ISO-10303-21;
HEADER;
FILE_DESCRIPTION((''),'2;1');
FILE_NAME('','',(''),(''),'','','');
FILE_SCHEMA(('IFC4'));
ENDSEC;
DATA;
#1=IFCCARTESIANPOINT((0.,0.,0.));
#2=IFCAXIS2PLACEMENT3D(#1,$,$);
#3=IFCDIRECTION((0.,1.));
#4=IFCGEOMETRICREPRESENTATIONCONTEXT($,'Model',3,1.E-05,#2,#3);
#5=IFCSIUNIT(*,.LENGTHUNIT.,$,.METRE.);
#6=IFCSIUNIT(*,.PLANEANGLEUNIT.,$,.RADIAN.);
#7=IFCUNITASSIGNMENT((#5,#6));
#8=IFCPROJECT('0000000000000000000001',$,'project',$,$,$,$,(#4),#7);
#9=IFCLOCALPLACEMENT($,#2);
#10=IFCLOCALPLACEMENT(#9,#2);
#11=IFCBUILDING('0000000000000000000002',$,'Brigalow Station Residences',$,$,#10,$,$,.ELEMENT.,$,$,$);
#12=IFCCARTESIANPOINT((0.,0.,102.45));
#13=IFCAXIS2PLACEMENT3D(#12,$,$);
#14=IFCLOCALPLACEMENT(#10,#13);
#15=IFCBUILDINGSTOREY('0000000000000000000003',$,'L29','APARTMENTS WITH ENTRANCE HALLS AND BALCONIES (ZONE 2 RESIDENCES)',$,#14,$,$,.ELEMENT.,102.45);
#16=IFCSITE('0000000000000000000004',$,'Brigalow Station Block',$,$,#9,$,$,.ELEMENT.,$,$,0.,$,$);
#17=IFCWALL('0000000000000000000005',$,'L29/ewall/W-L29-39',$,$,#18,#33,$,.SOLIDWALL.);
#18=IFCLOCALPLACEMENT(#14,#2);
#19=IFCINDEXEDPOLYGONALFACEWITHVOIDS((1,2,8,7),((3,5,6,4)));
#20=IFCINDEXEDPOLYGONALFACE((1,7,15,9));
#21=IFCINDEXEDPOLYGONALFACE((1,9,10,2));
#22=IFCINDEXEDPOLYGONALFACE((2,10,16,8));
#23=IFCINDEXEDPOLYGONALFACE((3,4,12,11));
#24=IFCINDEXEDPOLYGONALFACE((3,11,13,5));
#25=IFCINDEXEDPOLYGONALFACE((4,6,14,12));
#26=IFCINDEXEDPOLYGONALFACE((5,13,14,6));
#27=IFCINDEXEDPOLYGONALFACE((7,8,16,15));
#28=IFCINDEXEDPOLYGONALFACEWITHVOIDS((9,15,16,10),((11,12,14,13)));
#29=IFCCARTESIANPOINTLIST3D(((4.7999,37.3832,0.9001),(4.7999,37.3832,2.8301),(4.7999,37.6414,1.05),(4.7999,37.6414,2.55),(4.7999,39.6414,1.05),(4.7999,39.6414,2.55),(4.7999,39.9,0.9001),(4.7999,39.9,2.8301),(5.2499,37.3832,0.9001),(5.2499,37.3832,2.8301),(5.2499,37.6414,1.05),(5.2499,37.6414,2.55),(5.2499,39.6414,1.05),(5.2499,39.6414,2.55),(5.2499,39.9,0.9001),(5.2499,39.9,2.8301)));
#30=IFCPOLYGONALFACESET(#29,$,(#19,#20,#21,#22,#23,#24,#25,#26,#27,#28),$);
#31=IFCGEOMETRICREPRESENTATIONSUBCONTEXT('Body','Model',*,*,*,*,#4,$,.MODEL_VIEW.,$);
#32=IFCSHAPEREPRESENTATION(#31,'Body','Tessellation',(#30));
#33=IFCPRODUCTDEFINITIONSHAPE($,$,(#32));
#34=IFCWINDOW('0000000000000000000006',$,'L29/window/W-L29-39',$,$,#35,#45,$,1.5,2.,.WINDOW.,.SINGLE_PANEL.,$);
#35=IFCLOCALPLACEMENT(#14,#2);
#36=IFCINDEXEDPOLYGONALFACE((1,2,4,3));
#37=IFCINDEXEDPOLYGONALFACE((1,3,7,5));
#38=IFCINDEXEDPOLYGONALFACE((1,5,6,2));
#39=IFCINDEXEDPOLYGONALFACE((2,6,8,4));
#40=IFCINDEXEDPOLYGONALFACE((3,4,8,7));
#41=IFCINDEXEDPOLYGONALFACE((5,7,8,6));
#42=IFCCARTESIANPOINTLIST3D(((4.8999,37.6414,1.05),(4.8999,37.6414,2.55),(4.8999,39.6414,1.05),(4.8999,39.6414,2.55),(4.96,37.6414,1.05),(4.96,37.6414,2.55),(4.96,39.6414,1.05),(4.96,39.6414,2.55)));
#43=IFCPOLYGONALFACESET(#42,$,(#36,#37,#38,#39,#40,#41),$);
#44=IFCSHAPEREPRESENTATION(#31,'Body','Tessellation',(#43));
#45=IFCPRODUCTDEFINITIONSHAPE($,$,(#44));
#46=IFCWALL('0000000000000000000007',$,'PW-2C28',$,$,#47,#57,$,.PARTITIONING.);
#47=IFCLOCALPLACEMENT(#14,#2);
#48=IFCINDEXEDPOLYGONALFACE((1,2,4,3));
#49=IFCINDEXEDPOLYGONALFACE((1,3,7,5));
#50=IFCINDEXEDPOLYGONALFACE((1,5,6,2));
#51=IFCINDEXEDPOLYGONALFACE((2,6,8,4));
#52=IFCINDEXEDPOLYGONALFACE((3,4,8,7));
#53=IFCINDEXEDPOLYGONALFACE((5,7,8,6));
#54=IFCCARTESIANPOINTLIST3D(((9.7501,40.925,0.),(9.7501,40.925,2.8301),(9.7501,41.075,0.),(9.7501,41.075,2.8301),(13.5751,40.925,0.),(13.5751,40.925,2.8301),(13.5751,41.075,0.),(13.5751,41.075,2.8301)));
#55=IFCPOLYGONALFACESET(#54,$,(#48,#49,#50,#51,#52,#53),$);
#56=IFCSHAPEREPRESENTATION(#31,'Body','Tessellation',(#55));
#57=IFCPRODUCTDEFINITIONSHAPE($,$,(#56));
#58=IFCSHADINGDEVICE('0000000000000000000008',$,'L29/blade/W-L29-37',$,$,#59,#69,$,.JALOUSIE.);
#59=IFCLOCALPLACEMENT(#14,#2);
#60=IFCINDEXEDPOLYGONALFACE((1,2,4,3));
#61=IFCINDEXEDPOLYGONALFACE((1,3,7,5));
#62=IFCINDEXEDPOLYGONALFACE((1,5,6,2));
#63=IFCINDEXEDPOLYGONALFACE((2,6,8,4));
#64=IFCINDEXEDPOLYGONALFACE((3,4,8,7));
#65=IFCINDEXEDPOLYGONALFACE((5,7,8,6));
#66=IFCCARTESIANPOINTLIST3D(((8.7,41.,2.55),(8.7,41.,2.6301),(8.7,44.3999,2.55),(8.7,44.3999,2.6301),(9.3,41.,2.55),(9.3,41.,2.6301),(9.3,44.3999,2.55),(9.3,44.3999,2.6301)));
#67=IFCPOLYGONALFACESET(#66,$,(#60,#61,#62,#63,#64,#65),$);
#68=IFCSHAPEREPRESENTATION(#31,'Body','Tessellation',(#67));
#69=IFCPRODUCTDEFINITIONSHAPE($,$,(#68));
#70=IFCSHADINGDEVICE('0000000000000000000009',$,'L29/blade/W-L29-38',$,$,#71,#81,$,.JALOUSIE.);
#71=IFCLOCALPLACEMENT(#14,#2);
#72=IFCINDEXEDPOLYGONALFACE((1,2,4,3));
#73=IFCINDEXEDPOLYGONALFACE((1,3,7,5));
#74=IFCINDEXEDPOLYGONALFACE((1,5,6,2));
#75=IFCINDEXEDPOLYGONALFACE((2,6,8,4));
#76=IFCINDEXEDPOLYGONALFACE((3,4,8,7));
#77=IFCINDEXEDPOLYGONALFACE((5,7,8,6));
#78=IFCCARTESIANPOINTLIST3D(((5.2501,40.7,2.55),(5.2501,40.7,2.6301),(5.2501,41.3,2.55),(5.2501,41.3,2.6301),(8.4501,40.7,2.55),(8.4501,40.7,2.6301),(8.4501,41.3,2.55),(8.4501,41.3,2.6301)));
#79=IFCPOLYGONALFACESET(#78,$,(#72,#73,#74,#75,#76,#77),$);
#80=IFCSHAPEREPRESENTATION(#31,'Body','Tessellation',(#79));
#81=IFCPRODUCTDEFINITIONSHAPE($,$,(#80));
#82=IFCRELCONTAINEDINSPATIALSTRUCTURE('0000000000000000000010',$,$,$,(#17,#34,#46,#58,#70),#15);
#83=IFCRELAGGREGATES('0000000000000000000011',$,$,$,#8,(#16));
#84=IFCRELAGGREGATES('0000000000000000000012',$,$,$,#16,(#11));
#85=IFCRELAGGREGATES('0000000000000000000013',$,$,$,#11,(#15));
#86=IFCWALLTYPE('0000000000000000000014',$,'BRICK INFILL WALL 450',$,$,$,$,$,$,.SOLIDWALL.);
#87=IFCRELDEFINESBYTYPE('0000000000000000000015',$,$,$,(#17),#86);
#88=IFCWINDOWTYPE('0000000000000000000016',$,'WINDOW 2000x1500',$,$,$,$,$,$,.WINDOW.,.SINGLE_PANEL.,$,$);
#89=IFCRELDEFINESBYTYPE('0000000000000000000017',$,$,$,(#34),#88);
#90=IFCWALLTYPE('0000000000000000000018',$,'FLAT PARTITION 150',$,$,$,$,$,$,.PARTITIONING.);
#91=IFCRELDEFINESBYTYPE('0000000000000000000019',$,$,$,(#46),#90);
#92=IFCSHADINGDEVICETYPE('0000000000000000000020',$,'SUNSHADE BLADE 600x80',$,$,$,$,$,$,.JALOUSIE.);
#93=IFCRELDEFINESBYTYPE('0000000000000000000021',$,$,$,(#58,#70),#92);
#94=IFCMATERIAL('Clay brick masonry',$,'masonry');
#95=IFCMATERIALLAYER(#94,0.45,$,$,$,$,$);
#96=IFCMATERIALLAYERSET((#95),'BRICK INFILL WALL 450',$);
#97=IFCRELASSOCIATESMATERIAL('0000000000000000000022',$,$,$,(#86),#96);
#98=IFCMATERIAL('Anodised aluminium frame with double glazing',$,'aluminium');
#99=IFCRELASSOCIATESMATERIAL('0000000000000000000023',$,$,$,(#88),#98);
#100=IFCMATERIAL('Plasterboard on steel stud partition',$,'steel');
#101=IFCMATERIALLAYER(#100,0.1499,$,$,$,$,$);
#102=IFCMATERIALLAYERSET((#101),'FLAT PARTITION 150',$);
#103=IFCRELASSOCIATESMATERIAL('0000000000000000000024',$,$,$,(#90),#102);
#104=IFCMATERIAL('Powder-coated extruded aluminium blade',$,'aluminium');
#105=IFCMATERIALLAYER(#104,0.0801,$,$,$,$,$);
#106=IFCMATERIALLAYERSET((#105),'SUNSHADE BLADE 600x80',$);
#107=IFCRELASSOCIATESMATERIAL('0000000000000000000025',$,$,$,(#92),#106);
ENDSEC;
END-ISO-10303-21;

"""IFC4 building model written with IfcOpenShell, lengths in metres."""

from ifc_helpers import new_model, si_unit, direction, frame, frame_2d, origin, origin_2d, place, context, subcontext, project, spatial, rectangle, extrude, material, layer, layer_set, type_object, element, fill, save


model = new_model("IFC4")

# Units and contexts
model_context = context("Model", 3, precision=1e-05, world=origin(), true_north=direction((0.0, 1.0)))
body_context = subcontext(model_context, "Body", "Model", "MODEL_VIEW")
ifc_project = project(units=[si_unit("LENGTHUNIT", "METRE"), si_unit("PLANEANGLEUNIT", "RADIAN")], contexts=[model_context])

# Site, building, storey
site_placement = place(None, origin())
site = spatial("IfcSite", under=ifc_project, at=site_placement, Name="Brigalow Station Block", CompositionType="ELEMENT", RefElevation=0.0)
building_placement = place(site_placement, origin())
building = spatial("IfcBuilding", under=site, at=building_placement, Name="Brigalow Station Residences", CompositionType="ELEMENT")
storey_placement = place(building_placement, frame((0.0, 0.0, 102.45)))
storey = spatial("IfcBuildingStorey", under=building, at=storey_placement, Name="L29", Description="APARTMENTS WITH ENTRANCE HALLS AND BALCONIES (ZONE 2 RESIDENCES)", CompositionType="ELEMENT", Elevation=102.45)

# Shared definitions
ifc_material_1 = material(Name="Clay brick masonry", Category="masonry")
ifc_layer_1 = layer(ifc_material_1, 0.45)
ifc_layer_set_1 = layer_set([ifc_layer_1], Name="BRICK INFILL WALL 450")
wall_type_1 = type_object("IfcWallType", Name="BRICK INFILL WALL 450", PredefinedType="SOLIDWALL", material=ifc_layer_set_1)

# Wall, opening, window
wall_1_placement = place(storey_placement, frame((5.0249, 39.8999, 0.9001), z_axis=(0.0, 0.0, 1.0), x_axis=(0.0, -1.0, 0.0)))
wall_1 = element("IfcWall", 1, at=wall_1_placement, inside=storey, type_object=wall_type_1, Name="L29/ewall/W-L29-39", PredefinedType="SOLIDWALL", context=body_context, shape_type="SweptSolid", body=[
    extrude(rectangle(XDim=2.5168, YDim=0.45, at=frame_2d((1.2583, 0.0))), origin(), (0.0, 0.0, 1.0), 1.9299),
])
opening_1_placement = place(wall_1_placement, frame((0.2585, 0.0, 0.1499)))
opening_1 = element("IfcOpeningElement", 2, at=opening_1_placement, cuts=wall_1, PredefinedType="OPENING", context=body_context, shape_type="SweptSolid", body=[
    extrude(rectangle(XDim=2.0, YDim=1.5, at=frame_2d((1.0, 0.75))), frame((0.0, 0.2349, 0.0), z_axis=(0.0, -1.0, 0.0), x_axis=(1.0, 0.0, 0.0)), (0.0, 0.0, 1.0), 0.47),
])
ifc_material_2 = material(Name="Anodised aluminium frame with double glazing", Category="aluminium")
window_type_1 = type_object("IfcWindowType", Name="WINDOW 2000x1500", PartitioningType="SINGLE_PANEL", PredefinedType="WINDOW", material=ifc_material_2)
window_1_placement = place(opening_1_placement, origin())
window_1 = element("IfcWindow", 3, at=window_1_placement, inside=storey, type_object=window_type_1, Name="L29/window/W-L29-39", OverallHeight=1.5, OverallWidth=2.0, PartitioningType="SINGLE_PANEL", PredefinedType="WINDOW", context=body_context, shape_type="SweptSolid", body=[
    extrude(rectangle(XDim=2.0, YDim=1.5, at=frame_2d((1.0, 0.75))), frame((0.0, -0.0649, 0.0), z_axis=(0.0, -1.0, 0.0), x_axis=(1.0, 0.0, 0.0)), (0.0, 0.0, 1.0), 0.0601),
])
fill(opening_1, window_1)

# Wall
ifc_material_3 = material(Name="Plasterboard on steel stud partition", Category="steel")
ifc_layer_2 = layer(ifc_material_3, 0.1499)
ifc_layer_set_2 = layer_set([ifc_layer_2], Name="FLAT PARTITION 150")
wall_type_2 = type_object("IfcWallType", Name="FLAT PARTITION 150", PredefinedType="PARTITIONING", material=ifc_layer_set_2)
wall_2_placement = place(storey_placement, frame((9.75, 41.0, 0.0), z_axis=(0.0, 0.0, 1.0), x_axis=(1.0, 0.0, 0.0)))
element("IfcWall", 4, at=wall_2_placement, inside=storey, type_object=wall_type_2, Name="PW-2C28", PredefinedType="PARTITIONING", context=body_context, shape_type="SweptSolid", body=[
    extrude(rectangle(XDim=3.825, YDim=0.1499, at=frame_2d((1.9126, 0.0))), origin(), (0.0, 0.0, 1.0), 2.8301),
])

# Shading devices
ifc_material_4 = material(Name="Powder-coated extruded aluminium blade", Category="aluminium")
ifc_layer_3 = layer(ifc_material_4, 0.0801)
ifc_layer_set_3 = layer_set([ifc_layer_3], Name="SUNSHADE BLADE 600x80")
shading_device_type = type_object("IfcShadingDeviceType", Name="SUNSHADE BLADE 600x80", PredefinedType="JALOUSIE", material=ifc_layer_set_3)
shading_device_1_placement = place(storey_placement, frame((9.0, 42.7, 2.55), z_axis=(0.0, 0.0, 1.0), x_axis=(0.0, -1.0, 0.0)))
element("IfcShadingDevice", 5, at=shading_device_1_placement, inside=storey, type_object=shading_device_type, Name="L29/blade/W-L29-37", PredefinedType="JALOUSIE", context=body_context, shape_type="SweptSolid", body=[
    extrude(rectangle(XDim=3.3999, YDim=0.6001, at=origin_2d()), origin(), (0.0, 0.0, 1.0), 0.0801),
])
shading_device_2_placement = place(storey_placement, frame((6.8501, 41.0, 2.55), z_axis=(0.0, 0.0, 1.0), x_axis=(-1.0, 0.0, 0.0)))
element("IfcShadingDevice", 6, at=shading_device_2_placement, inside=storey, type_object=shading_device_type, Name="L29/blade/W-L29-38", PredefinedType="JALOUSIE", context=body_context, shape_type="SweptSolid", body=[
    extrude(rectangle(XDim=3.2, YDim=0.6001, at=origin_2d()), origin(), (0.0, 0.0, 1.0), 0.0801),
])

save(model, "model.ifc")
